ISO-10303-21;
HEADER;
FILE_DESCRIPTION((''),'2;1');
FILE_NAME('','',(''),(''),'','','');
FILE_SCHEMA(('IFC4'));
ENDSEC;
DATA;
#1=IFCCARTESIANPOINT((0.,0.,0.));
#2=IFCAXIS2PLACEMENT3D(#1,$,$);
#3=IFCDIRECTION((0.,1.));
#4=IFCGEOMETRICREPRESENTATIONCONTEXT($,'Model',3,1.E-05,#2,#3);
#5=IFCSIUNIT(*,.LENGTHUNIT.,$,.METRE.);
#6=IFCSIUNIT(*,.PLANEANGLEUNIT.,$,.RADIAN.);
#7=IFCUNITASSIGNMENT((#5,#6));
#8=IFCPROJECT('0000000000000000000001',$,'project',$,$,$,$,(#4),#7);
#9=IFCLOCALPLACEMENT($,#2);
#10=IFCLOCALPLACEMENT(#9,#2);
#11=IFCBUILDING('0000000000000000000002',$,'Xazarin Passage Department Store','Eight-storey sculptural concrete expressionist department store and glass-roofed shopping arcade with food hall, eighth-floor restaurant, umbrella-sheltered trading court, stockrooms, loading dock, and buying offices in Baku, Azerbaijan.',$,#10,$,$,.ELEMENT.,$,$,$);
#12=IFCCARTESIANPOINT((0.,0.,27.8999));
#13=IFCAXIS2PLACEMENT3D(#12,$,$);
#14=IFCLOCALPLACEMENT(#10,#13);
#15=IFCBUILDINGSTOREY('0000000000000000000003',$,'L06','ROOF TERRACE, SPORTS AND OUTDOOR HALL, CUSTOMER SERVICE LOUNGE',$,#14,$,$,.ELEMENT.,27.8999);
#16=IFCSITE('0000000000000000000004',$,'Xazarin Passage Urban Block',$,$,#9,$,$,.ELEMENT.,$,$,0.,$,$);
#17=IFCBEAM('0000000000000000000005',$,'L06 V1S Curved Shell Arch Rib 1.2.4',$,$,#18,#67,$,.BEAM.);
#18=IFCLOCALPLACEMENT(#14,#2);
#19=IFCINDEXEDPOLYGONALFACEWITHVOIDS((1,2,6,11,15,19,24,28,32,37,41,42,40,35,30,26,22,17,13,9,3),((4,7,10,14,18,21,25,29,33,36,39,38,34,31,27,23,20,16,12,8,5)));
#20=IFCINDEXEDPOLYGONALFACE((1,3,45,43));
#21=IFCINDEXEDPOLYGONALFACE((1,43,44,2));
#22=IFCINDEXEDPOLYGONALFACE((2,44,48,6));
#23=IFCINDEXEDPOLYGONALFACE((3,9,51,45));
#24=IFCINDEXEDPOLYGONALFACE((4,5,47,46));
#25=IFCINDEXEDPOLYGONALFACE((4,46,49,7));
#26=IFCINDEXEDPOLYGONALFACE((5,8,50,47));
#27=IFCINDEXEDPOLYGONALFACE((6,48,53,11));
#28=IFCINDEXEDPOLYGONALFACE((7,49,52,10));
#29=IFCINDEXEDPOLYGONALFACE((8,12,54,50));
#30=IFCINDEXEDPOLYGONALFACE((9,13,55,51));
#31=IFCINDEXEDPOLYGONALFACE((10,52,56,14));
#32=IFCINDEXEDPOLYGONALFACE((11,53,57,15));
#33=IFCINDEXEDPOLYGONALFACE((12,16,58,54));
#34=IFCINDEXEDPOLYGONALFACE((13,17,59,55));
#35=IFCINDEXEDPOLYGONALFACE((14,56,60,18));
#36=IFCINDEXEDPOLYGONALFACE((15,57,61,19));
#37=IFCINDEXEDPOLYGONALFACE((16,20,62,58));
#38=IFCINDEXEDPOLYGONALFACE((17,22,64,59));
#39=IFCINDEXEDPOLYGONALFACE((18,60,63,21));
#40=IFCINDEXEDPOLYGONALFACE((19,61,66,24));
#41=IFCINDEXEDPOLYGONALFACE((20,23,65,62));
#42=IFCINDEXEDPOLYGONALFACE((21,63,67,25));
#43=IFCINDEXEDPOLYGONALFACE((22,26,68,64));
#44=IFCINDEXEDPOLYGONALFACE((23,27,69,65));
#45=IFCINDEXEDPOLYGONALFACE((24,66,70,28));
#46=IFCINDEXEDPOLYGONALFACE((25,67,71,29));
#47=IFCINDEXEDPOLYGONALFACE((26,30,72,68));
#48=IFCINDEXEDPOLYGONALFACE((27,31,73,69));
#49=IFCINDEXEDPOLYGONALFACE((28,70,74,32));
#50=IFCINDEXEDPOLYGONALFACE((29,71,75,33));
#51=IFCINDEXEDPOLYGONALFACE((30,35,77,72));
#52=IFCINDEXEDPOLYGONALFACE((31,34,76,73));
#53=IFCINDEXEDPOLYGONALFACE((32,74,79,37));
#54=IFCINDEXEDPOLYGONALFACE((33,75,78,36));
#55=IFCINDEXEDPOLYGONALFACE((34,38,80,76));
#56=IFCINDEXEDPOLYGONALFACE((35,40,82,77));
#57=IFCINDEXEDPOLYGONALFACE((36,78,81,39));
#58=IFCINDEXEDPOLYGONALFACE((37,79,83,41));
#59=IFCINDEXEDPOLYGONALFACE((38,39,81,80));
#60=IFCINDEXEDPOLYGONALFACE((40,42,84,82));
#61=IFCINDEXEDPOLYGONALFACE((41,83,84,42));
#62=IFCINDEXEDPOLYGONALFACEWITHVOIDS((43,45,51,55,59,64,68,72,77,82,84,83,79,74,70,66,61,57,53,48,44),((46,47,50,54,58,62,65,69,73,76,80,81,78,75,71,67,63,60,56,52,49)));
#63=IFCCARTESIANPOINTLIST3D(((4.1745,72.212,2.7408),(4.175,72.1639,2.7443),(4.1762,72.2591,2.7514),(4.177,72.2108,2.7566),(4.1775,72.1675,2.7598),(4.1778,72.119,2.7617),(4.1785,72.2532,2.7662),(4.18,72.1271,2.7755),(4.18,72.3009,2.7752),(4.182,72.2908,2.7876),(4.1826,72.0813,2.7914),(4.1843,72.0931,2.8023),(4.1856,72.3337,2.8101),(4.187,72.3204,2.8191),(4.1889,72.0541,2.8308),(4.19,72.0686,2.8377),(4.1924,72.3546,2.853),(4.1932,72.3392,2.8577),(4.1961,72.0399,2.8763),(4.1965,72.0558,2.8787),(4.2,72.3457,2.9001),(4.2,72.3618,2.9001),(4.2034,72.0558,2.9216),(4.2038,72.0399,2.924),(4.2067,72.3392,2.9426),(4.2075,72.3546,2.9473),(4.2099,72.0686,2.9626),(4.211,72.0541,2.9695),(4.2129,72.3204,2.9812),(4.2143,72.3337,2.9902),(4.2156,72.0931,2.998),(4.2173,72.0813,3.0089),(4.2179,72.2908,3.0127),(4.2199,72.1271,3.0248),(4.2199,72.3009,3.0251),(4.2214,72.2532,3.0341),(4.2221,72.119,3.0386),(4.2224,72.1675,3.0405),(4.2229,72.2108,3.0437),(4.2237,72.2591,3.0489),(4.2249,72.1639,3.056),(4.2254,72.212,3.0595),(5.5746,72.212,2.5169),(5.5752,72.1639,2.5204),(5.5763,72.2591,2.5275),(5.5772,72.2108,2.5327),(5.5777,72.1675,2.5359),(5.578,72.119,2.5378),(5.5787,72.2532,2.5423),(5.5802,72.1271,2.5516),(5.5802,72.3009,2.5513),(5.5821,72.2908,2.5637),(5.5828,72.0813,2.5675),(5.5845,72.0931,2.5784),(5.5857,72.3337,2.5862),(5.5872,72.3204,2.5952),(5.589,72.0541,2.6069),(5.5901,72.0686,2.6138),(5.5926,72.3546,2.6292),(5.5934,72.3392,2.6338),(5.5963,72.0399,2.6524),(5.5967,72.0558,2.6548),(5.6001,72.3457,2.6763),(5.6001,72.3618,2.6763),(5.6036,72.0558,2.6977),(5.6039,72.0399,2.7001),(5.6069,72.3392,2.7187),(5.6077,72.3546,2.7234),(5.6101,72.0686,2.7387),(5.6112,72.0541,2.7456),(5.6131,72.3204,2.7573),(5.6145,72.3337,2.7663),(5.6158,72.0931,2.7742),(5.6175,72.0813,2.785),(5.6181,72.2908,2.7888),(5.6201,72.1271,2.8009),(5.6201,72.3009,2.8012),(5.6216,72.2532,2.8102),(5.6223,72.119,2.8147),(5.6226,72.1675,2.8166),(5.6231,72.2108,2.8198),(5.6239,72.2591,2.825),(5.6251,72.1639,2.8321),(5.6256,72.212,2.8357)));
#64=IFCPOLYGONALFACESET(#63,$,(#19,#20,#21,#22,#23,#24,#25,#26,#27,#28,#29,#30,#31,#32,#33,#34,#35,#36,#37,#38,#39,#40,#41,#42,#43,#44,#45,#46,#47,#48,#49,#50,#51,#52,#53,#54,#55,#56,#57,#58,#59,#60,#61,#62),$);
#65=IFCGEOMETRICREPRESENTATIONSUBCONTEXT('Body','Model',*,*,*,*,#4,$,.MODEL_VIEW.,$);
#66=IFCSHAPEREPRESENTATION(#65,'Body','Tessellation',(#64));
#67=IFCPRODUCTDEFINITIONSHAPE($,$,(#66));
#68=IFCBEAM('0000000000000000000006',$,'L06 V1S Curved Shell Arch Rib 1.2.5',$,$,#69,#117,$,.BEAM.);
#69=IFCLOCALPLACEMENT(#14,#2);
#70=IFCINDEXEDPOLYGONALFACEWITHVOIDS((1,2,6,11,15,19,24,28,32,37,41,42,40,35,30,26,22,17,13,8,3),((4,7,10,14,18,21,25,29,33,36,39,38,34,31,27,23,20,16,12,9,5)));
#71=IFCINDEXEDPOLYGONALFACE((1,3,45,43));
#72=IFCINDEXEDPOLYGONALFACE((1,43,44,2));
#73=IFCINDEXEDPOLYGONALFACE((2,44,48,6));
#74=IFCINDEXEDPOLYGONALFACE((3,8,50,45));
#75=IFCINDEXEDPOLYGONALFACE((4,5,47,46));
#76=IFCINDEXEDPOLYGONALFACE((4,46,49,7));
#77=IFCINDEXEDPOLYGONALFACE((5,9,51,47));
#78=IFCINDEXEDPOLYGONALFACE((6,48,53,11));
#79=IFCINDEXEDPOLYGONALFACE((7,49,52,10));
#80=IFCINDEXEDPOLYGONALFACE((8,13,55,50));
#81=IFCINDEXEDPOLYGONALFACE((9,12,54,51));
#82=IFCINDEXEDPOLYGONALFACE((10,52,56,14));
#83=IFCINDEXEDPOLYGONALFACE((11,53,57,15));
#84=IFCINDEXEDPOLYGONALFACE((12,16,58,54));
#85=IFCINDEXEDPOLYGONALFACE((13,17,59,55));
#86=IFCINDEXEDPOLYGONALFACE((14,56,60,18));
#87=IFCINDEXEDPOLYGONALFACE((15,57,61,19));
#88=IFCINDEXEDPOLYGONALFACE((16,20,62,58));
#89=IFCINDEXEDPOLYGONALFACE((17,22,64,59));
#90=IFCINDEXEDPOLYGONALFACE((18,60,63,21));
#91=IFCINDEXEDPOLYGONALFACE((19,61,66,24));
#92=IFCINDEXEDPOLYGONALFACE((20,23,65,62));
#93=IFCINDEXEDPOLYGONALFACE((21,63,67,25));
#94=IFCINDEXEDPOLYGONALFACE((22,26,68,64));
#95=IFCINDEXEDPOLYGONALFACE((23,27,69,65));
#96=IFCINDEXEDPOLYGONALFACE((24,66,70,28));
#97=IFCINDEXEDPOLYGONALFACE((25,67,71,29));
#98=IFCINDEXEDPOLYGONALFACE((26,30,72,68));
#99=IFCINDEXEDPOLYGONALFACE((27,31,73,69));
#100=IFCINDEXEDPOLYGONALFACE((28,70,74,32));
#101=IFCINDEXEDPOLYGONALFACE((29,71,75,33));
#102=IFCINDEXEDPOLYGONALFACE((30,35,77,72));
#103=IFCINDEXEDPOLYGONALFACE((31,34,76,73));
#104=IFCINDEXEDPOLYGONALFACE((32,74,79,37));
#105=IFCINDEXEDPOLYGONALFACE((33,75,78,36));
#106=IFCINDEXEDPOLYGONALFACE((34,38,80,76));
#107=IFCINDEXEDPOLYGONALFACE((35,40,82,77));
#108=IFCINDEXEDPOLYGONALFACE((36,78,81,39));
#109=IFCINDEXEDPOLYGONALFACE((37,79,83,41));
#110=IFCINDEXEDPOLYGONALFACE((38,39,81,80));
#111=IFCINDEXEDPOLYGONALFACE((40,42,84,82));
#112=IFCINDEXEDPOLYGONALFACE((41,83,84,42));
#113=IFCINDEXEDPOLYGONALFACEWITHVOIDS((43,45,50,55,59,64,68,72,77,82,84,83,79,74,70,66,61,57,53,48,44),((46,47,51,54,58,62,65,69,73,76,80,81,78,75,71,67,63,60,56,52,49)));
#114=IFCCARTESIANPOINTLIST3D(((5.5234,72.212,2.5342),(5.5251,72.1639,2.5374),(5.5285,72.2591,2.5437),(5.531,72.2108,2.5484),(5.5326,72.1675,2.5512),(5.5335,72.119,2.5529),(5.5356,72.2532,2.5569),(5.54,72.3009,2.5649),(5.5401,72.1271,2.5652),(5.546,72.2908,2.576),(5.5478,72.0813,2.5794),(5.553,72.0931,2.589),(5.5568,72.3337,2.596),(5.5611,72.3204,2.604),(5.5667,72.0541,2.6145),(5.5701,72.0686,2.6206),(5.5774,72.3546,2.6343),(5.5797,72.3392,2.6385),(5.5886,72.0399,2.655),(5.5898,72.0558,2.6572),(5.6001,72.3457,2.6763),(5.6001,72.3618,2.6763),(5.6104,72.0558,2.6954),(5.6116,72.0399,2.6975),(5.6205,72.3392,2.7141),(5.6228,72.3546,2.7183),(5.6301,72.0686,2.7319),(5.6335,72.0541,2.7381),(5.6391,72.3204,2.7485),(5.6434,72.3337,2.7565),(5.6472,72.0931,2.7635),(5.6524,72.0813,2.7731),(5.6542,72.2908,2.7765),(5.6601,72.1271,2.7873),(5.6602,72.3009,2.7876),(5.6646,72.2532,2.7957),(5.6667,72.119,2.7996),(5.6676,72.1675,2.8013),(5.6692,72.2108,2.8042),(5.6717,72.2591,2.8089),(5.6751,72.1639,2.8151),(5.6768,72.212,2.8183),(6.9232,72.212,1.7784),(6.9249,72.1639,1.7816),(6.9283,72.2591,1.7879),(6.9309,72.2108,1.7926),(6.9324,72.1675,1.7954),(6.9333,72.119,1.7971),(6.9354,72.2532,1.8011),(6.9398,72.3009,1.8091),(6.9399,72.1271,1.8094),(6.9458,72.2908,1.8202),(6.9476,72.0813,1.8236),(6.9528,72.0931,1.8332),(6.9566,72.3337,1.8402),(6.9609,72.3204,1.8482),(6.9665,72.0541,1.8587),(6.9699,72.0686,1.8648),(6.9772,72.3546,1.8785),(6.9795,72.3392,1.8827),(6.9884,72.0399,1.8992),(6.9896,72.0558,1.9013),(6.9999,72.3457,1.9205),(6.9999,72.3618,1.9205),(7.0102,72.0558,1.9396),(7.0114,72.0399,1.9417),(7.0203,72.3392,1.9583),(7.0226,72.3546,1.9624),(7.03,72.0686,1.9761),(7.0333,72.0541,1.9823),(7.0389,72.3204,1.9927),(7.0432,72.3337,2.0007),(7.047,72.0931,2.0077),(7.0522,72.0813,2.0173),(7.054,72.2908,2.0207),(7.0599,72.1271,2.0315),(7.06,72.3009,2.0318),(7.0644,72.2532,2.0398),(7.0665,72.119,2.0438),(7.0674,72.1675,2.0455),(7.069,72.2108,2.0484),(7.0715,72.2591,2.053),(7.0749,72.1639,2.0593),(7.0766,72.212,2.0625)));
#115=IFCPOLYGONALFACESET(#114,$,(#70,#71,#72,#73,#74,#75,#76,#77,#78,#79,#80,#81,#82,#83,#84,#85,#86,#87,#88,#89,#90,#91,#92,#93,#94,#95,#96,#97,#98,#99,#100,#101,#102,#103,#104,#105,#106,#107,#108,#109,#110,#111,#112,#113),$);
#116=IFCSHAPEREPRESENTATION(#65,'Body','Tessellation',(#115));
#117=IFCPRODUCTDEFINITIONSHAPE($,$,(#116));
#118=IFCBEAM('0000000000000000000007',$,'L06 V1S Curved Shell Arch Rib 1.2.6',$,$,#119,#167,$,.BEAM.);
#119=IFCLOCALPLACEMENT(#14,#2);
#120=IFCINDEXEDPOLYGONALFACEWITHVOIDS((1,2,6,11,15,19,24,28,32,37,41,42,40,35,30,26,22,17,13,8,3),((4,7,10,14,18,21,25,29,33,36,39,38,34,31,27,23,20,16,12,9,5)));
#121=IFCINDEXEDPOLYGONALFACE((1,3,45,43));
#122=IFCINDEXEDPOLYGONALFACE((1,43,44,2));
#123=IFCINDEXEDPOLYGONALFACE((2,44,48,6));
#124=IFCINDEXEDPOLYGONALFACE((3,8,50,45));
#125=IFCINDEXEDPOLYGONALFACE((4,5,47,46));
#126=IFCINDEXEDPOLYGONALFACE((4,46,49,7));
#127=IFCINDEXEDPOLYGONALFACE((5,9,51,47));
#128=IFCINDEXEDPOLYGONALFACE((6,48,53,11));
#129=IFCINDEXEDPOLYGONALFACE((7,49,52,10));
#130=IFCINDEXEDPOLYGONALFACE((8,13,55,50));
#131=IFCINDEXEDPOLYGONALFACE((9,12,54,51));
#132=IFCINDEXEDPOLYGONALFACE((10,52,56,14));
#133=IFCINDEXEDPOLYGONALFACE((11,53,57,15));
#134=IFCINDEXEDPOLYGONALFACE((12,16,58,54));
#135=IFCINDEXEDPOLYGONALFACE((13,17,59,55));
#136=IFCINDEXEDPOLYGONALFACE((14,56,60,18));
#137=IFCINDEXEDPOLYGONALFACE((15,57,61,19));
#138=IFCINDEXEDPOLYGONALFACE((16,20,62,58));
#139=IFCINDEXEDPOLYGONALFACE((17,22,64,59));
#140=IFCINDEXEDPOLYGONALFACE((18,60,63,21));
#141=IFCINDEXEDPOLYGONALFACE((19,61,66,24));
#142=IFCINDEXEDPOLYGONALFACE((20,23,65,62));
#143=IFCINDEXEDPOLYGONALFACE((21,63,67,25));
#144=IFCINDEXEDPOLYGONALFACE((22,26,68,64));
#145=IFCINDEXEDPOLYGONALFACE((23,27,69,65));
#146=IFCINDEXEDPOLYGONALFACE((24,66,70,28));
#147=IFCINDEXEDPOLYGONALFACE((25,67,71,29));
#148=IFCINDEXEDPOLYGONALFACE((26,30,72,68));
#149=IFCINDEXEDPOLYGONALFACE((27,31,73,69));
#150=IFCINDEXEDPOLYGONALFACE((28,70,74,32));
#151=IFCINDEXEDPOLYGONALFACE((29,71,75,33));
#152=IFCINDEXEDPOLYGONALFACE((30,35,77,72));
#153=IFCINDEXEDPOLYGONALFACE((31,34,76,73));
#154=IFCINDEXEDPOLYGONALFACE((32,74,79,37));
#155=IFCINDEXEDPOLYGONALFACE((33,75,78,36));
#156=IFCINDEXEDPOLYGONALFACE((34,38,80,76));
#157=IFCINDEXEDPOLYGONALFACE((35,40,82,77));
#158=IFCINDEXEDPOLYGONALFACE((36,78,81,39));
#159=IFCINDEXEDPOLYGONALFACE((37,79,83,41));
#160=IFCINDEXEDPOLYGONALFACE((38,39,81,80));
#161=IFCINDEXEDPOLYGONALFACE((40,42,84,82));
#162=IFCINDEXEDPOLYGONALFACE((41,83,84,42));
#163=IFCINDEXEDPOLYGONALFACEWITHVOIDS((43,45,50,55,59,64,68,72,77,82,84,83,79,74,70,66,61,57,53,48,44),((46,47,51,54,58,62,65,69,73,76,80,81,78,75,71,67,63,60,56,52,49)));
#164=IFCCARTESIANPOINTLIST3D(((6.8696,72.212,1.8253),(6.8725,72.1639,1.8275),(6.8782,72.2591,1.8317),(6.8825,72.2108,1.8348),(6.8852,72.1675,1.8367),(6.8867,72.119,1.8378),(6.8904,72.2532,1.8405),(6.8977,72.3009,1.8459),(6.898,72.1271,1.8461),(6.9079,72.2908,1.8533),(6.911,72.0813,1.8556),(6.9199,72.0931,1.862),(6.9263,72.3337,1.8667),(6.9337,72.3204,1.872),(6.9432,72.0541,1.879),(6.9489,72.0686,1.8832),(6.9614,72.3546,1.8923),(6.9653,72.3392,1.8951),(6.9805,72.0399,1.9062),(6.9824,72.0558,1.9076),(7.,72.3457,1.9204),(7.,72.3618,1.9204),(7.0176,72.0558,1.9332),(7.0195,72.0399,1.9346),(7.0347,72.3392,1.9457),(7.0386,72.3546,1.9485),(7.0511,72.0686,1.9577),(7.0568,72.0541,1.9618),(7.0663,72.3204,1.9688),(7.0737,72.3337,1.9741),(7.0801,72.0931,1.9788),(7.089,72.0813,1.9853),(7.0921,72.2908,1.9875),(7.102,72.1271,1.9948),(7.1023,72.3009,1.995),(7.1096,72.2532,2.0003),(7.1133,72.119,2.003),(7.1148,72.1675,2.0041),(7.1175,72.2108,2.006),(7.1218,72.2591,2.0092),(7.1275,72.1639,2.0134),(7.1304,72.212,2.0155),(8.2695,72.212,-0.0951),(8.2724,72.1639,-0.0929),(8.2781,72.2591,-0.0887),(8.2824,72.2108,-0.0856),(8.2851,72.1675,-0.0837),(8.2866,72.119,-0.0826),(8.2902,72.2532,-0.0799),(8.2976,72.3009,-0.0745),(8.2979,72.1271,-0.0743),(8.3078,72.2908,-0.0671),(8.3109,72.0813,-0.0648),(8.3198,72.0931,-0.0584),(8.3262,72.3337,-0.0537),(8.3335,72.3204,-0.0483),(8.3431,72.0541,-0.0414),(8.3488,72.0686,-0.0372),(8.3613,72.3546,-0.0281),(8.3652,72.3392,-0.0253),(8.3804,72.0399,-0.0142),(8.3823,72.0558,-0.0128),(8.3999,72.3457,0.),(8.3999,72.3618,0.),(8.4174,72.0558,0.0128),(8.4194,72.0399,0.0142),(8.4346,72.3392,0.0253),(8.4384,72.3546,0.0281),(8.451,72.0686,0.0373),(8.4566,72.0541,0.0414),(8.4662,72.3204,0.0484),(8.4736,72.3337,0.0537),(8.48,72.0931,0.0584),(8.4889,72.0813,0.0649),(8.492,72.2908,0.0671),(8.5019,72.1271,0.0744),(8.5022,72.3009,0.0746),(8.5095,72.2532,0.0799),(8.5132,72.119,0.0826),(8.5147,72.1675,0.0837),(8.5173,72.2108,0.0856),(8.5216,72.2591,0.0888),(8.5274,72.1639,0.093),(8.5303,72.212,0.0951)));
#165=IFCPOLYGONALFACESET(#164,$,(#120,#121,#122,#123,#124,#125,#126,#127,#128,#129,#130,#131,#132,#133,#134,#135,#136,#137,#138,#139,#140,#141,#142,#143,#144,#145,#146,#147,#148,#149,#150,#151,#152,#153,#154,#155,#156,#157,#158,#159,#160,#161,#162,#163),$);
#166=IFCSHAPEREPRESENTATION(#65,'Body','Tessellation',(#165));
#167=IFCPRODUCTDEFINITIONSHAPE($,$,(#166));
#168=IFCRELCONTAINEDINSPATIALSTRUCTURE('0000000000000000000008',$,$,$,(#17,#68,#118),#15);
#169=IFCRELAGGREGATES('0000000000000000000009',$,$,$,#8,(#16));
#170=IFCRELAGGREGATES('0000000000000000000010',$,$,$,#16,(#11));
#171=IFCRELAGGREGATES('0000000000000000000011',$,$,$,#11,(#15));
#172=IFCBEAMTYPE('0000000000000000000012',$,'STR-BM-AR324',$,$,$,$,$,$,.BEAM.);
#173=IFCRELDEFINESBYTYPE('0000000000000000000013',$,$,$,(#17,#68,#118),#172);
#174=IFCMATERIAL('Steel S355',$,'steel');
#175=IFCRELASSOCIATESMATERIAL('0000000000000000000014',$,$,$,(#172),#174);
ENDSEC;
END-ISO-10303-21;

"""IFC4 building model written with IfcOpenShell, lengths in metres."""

from ifc_helpers import new_model, si_unit, direction, frame, origin, origin_2d, place, context, subcontext, project, spatial, hollow_circle, extrude, material, material_profile, profile_set, type_object, element, save


model = new_model("IFC4")

# Units and contexts
model_context = context("Model", 3, precision=1e-05, world=origin(), true_north=direction((0.0, 1.0)))
body_context = subcontext(model_context, "Body", "Model", "MODEL_VIEW")
ifc_project = project(units=[si_unit("LENGTHUNIT", "METRE"), si_unit("PLANEANGLEUNIT", "RADIAN")], contexts=[model_context])

# Site, building, storey
site_placement = place(None, origin())
site = spatial("IfcSite", under=ifc_project, at=site_placement, Name="Xazarin Passage Urban Block", CompositionType="ELEMENT", RefElevation=0.0)
building_placement = place(site_placement, origin())
building = spatial("IfcBuilding", under=site, at=building_placement, Name="Xazarin Passage Department Store", Description="Eight-storey sculptural concrete expressionist department store and glass-roofed shopping arcade with food hall, eighth-floor restaurant, umbrella-sheltered trading court, stockrooms, loading dock, and buying offices in Baku, Azerbaijan.", CompositionType="ELEMENT")
storey_placement = place(building_placement, frame((0.0, 0.0, 27.8999)))
storey = spatial("IfcBuildingStorey", under=building, at=storey_placement, Name="L06", Description="ROOF TERRACE, SPORTS AND OUTDOOR HALL, CUSTOMER SERVICE LOUNGE", CompositionType="ELEMENT", Elevation=27.8999)

# Beams
ifc_material_1 = material(Name="Steel S355", Category="steel")
ifc_material_profile_1 = material_profile(ifc_material_1, hollow_circle(Radius=0.1619, WallThickness=0.0161, at=origin_2d()), Name="CHS 323.9x16")
ifc_profile_set_1 = profile_set([ifc_material_profile_1], Name="Steel S355")
beam_type_1 = type_object("IfcBeamType", Name="STR-BM-AR324", PredefinedType="BEAM", material=ifc_profile_set_1)
beam_1_placement = place(storey_placement, frame((4.2, 72.2, 2.9001), z_axis=(0.987457, 0.0, -0.15789), x_axis=(0.0, 1.0, 0.0)))
element("IfcBeam", 1, at=beam_1_placement, inside=storey, type_object=beam_type_1, Name="L06 V1S Curved Shell Arch Rib 1.2.4", PredefinedType="BEAM", context=body_context, shape_type="SweptSolid", body=[
    extrude(hollow_circle(Radius=0.1619, WallThickness=0.0161, at=origin_2d()), origin(), (0.0, 0.0, 1.0), 1.418),
])
beam_2_placement = place(storey_placement, frame((5.6001, 72.2, 2.6763), z_axis=(0.879928, 0.0, -0.475106), x_axis=(0.0, 1.0, 0.0)))
element("IfcBeam", 2, at=beam_2_placement, inside=storey, type_object=beam_type_1, Name="L06 V1S Curved Shell Arch Rib 1.2.5", PredefinedType="BEAM", context=body_context, shape_type="SweptSolid", body=[
    extrude(hollow_circle(Radius=0.1619, WallThickness=0.0161, at=origin_2d()), origin(), (0.0, 0.0, 1.0), 1.5908),
])
beam_3_placement = place(storey_placement, frame((7.0, 72.2, 1.9204), z_axis=(0.589063, 0.0, -0.808087), x_axis=(0.0, 1.0, 0.0)))
element("IfcBeam", 3, at=beam_3_placement, inside=storey, type_object=beam_type_1, Name="L06 V1S Curved Shell Arch Rib 1.2.6", PredefinedType="BEAM", context=body_context, shape_type="SweptSolid", body=[
    extrude(hollow_circle(Radius=0.1619, WallThickness=0.0161, at=origin_2d()), origin(), (0.0, 0.0, 1.0), 2.3765),
])

save(model, "model.ifc")
